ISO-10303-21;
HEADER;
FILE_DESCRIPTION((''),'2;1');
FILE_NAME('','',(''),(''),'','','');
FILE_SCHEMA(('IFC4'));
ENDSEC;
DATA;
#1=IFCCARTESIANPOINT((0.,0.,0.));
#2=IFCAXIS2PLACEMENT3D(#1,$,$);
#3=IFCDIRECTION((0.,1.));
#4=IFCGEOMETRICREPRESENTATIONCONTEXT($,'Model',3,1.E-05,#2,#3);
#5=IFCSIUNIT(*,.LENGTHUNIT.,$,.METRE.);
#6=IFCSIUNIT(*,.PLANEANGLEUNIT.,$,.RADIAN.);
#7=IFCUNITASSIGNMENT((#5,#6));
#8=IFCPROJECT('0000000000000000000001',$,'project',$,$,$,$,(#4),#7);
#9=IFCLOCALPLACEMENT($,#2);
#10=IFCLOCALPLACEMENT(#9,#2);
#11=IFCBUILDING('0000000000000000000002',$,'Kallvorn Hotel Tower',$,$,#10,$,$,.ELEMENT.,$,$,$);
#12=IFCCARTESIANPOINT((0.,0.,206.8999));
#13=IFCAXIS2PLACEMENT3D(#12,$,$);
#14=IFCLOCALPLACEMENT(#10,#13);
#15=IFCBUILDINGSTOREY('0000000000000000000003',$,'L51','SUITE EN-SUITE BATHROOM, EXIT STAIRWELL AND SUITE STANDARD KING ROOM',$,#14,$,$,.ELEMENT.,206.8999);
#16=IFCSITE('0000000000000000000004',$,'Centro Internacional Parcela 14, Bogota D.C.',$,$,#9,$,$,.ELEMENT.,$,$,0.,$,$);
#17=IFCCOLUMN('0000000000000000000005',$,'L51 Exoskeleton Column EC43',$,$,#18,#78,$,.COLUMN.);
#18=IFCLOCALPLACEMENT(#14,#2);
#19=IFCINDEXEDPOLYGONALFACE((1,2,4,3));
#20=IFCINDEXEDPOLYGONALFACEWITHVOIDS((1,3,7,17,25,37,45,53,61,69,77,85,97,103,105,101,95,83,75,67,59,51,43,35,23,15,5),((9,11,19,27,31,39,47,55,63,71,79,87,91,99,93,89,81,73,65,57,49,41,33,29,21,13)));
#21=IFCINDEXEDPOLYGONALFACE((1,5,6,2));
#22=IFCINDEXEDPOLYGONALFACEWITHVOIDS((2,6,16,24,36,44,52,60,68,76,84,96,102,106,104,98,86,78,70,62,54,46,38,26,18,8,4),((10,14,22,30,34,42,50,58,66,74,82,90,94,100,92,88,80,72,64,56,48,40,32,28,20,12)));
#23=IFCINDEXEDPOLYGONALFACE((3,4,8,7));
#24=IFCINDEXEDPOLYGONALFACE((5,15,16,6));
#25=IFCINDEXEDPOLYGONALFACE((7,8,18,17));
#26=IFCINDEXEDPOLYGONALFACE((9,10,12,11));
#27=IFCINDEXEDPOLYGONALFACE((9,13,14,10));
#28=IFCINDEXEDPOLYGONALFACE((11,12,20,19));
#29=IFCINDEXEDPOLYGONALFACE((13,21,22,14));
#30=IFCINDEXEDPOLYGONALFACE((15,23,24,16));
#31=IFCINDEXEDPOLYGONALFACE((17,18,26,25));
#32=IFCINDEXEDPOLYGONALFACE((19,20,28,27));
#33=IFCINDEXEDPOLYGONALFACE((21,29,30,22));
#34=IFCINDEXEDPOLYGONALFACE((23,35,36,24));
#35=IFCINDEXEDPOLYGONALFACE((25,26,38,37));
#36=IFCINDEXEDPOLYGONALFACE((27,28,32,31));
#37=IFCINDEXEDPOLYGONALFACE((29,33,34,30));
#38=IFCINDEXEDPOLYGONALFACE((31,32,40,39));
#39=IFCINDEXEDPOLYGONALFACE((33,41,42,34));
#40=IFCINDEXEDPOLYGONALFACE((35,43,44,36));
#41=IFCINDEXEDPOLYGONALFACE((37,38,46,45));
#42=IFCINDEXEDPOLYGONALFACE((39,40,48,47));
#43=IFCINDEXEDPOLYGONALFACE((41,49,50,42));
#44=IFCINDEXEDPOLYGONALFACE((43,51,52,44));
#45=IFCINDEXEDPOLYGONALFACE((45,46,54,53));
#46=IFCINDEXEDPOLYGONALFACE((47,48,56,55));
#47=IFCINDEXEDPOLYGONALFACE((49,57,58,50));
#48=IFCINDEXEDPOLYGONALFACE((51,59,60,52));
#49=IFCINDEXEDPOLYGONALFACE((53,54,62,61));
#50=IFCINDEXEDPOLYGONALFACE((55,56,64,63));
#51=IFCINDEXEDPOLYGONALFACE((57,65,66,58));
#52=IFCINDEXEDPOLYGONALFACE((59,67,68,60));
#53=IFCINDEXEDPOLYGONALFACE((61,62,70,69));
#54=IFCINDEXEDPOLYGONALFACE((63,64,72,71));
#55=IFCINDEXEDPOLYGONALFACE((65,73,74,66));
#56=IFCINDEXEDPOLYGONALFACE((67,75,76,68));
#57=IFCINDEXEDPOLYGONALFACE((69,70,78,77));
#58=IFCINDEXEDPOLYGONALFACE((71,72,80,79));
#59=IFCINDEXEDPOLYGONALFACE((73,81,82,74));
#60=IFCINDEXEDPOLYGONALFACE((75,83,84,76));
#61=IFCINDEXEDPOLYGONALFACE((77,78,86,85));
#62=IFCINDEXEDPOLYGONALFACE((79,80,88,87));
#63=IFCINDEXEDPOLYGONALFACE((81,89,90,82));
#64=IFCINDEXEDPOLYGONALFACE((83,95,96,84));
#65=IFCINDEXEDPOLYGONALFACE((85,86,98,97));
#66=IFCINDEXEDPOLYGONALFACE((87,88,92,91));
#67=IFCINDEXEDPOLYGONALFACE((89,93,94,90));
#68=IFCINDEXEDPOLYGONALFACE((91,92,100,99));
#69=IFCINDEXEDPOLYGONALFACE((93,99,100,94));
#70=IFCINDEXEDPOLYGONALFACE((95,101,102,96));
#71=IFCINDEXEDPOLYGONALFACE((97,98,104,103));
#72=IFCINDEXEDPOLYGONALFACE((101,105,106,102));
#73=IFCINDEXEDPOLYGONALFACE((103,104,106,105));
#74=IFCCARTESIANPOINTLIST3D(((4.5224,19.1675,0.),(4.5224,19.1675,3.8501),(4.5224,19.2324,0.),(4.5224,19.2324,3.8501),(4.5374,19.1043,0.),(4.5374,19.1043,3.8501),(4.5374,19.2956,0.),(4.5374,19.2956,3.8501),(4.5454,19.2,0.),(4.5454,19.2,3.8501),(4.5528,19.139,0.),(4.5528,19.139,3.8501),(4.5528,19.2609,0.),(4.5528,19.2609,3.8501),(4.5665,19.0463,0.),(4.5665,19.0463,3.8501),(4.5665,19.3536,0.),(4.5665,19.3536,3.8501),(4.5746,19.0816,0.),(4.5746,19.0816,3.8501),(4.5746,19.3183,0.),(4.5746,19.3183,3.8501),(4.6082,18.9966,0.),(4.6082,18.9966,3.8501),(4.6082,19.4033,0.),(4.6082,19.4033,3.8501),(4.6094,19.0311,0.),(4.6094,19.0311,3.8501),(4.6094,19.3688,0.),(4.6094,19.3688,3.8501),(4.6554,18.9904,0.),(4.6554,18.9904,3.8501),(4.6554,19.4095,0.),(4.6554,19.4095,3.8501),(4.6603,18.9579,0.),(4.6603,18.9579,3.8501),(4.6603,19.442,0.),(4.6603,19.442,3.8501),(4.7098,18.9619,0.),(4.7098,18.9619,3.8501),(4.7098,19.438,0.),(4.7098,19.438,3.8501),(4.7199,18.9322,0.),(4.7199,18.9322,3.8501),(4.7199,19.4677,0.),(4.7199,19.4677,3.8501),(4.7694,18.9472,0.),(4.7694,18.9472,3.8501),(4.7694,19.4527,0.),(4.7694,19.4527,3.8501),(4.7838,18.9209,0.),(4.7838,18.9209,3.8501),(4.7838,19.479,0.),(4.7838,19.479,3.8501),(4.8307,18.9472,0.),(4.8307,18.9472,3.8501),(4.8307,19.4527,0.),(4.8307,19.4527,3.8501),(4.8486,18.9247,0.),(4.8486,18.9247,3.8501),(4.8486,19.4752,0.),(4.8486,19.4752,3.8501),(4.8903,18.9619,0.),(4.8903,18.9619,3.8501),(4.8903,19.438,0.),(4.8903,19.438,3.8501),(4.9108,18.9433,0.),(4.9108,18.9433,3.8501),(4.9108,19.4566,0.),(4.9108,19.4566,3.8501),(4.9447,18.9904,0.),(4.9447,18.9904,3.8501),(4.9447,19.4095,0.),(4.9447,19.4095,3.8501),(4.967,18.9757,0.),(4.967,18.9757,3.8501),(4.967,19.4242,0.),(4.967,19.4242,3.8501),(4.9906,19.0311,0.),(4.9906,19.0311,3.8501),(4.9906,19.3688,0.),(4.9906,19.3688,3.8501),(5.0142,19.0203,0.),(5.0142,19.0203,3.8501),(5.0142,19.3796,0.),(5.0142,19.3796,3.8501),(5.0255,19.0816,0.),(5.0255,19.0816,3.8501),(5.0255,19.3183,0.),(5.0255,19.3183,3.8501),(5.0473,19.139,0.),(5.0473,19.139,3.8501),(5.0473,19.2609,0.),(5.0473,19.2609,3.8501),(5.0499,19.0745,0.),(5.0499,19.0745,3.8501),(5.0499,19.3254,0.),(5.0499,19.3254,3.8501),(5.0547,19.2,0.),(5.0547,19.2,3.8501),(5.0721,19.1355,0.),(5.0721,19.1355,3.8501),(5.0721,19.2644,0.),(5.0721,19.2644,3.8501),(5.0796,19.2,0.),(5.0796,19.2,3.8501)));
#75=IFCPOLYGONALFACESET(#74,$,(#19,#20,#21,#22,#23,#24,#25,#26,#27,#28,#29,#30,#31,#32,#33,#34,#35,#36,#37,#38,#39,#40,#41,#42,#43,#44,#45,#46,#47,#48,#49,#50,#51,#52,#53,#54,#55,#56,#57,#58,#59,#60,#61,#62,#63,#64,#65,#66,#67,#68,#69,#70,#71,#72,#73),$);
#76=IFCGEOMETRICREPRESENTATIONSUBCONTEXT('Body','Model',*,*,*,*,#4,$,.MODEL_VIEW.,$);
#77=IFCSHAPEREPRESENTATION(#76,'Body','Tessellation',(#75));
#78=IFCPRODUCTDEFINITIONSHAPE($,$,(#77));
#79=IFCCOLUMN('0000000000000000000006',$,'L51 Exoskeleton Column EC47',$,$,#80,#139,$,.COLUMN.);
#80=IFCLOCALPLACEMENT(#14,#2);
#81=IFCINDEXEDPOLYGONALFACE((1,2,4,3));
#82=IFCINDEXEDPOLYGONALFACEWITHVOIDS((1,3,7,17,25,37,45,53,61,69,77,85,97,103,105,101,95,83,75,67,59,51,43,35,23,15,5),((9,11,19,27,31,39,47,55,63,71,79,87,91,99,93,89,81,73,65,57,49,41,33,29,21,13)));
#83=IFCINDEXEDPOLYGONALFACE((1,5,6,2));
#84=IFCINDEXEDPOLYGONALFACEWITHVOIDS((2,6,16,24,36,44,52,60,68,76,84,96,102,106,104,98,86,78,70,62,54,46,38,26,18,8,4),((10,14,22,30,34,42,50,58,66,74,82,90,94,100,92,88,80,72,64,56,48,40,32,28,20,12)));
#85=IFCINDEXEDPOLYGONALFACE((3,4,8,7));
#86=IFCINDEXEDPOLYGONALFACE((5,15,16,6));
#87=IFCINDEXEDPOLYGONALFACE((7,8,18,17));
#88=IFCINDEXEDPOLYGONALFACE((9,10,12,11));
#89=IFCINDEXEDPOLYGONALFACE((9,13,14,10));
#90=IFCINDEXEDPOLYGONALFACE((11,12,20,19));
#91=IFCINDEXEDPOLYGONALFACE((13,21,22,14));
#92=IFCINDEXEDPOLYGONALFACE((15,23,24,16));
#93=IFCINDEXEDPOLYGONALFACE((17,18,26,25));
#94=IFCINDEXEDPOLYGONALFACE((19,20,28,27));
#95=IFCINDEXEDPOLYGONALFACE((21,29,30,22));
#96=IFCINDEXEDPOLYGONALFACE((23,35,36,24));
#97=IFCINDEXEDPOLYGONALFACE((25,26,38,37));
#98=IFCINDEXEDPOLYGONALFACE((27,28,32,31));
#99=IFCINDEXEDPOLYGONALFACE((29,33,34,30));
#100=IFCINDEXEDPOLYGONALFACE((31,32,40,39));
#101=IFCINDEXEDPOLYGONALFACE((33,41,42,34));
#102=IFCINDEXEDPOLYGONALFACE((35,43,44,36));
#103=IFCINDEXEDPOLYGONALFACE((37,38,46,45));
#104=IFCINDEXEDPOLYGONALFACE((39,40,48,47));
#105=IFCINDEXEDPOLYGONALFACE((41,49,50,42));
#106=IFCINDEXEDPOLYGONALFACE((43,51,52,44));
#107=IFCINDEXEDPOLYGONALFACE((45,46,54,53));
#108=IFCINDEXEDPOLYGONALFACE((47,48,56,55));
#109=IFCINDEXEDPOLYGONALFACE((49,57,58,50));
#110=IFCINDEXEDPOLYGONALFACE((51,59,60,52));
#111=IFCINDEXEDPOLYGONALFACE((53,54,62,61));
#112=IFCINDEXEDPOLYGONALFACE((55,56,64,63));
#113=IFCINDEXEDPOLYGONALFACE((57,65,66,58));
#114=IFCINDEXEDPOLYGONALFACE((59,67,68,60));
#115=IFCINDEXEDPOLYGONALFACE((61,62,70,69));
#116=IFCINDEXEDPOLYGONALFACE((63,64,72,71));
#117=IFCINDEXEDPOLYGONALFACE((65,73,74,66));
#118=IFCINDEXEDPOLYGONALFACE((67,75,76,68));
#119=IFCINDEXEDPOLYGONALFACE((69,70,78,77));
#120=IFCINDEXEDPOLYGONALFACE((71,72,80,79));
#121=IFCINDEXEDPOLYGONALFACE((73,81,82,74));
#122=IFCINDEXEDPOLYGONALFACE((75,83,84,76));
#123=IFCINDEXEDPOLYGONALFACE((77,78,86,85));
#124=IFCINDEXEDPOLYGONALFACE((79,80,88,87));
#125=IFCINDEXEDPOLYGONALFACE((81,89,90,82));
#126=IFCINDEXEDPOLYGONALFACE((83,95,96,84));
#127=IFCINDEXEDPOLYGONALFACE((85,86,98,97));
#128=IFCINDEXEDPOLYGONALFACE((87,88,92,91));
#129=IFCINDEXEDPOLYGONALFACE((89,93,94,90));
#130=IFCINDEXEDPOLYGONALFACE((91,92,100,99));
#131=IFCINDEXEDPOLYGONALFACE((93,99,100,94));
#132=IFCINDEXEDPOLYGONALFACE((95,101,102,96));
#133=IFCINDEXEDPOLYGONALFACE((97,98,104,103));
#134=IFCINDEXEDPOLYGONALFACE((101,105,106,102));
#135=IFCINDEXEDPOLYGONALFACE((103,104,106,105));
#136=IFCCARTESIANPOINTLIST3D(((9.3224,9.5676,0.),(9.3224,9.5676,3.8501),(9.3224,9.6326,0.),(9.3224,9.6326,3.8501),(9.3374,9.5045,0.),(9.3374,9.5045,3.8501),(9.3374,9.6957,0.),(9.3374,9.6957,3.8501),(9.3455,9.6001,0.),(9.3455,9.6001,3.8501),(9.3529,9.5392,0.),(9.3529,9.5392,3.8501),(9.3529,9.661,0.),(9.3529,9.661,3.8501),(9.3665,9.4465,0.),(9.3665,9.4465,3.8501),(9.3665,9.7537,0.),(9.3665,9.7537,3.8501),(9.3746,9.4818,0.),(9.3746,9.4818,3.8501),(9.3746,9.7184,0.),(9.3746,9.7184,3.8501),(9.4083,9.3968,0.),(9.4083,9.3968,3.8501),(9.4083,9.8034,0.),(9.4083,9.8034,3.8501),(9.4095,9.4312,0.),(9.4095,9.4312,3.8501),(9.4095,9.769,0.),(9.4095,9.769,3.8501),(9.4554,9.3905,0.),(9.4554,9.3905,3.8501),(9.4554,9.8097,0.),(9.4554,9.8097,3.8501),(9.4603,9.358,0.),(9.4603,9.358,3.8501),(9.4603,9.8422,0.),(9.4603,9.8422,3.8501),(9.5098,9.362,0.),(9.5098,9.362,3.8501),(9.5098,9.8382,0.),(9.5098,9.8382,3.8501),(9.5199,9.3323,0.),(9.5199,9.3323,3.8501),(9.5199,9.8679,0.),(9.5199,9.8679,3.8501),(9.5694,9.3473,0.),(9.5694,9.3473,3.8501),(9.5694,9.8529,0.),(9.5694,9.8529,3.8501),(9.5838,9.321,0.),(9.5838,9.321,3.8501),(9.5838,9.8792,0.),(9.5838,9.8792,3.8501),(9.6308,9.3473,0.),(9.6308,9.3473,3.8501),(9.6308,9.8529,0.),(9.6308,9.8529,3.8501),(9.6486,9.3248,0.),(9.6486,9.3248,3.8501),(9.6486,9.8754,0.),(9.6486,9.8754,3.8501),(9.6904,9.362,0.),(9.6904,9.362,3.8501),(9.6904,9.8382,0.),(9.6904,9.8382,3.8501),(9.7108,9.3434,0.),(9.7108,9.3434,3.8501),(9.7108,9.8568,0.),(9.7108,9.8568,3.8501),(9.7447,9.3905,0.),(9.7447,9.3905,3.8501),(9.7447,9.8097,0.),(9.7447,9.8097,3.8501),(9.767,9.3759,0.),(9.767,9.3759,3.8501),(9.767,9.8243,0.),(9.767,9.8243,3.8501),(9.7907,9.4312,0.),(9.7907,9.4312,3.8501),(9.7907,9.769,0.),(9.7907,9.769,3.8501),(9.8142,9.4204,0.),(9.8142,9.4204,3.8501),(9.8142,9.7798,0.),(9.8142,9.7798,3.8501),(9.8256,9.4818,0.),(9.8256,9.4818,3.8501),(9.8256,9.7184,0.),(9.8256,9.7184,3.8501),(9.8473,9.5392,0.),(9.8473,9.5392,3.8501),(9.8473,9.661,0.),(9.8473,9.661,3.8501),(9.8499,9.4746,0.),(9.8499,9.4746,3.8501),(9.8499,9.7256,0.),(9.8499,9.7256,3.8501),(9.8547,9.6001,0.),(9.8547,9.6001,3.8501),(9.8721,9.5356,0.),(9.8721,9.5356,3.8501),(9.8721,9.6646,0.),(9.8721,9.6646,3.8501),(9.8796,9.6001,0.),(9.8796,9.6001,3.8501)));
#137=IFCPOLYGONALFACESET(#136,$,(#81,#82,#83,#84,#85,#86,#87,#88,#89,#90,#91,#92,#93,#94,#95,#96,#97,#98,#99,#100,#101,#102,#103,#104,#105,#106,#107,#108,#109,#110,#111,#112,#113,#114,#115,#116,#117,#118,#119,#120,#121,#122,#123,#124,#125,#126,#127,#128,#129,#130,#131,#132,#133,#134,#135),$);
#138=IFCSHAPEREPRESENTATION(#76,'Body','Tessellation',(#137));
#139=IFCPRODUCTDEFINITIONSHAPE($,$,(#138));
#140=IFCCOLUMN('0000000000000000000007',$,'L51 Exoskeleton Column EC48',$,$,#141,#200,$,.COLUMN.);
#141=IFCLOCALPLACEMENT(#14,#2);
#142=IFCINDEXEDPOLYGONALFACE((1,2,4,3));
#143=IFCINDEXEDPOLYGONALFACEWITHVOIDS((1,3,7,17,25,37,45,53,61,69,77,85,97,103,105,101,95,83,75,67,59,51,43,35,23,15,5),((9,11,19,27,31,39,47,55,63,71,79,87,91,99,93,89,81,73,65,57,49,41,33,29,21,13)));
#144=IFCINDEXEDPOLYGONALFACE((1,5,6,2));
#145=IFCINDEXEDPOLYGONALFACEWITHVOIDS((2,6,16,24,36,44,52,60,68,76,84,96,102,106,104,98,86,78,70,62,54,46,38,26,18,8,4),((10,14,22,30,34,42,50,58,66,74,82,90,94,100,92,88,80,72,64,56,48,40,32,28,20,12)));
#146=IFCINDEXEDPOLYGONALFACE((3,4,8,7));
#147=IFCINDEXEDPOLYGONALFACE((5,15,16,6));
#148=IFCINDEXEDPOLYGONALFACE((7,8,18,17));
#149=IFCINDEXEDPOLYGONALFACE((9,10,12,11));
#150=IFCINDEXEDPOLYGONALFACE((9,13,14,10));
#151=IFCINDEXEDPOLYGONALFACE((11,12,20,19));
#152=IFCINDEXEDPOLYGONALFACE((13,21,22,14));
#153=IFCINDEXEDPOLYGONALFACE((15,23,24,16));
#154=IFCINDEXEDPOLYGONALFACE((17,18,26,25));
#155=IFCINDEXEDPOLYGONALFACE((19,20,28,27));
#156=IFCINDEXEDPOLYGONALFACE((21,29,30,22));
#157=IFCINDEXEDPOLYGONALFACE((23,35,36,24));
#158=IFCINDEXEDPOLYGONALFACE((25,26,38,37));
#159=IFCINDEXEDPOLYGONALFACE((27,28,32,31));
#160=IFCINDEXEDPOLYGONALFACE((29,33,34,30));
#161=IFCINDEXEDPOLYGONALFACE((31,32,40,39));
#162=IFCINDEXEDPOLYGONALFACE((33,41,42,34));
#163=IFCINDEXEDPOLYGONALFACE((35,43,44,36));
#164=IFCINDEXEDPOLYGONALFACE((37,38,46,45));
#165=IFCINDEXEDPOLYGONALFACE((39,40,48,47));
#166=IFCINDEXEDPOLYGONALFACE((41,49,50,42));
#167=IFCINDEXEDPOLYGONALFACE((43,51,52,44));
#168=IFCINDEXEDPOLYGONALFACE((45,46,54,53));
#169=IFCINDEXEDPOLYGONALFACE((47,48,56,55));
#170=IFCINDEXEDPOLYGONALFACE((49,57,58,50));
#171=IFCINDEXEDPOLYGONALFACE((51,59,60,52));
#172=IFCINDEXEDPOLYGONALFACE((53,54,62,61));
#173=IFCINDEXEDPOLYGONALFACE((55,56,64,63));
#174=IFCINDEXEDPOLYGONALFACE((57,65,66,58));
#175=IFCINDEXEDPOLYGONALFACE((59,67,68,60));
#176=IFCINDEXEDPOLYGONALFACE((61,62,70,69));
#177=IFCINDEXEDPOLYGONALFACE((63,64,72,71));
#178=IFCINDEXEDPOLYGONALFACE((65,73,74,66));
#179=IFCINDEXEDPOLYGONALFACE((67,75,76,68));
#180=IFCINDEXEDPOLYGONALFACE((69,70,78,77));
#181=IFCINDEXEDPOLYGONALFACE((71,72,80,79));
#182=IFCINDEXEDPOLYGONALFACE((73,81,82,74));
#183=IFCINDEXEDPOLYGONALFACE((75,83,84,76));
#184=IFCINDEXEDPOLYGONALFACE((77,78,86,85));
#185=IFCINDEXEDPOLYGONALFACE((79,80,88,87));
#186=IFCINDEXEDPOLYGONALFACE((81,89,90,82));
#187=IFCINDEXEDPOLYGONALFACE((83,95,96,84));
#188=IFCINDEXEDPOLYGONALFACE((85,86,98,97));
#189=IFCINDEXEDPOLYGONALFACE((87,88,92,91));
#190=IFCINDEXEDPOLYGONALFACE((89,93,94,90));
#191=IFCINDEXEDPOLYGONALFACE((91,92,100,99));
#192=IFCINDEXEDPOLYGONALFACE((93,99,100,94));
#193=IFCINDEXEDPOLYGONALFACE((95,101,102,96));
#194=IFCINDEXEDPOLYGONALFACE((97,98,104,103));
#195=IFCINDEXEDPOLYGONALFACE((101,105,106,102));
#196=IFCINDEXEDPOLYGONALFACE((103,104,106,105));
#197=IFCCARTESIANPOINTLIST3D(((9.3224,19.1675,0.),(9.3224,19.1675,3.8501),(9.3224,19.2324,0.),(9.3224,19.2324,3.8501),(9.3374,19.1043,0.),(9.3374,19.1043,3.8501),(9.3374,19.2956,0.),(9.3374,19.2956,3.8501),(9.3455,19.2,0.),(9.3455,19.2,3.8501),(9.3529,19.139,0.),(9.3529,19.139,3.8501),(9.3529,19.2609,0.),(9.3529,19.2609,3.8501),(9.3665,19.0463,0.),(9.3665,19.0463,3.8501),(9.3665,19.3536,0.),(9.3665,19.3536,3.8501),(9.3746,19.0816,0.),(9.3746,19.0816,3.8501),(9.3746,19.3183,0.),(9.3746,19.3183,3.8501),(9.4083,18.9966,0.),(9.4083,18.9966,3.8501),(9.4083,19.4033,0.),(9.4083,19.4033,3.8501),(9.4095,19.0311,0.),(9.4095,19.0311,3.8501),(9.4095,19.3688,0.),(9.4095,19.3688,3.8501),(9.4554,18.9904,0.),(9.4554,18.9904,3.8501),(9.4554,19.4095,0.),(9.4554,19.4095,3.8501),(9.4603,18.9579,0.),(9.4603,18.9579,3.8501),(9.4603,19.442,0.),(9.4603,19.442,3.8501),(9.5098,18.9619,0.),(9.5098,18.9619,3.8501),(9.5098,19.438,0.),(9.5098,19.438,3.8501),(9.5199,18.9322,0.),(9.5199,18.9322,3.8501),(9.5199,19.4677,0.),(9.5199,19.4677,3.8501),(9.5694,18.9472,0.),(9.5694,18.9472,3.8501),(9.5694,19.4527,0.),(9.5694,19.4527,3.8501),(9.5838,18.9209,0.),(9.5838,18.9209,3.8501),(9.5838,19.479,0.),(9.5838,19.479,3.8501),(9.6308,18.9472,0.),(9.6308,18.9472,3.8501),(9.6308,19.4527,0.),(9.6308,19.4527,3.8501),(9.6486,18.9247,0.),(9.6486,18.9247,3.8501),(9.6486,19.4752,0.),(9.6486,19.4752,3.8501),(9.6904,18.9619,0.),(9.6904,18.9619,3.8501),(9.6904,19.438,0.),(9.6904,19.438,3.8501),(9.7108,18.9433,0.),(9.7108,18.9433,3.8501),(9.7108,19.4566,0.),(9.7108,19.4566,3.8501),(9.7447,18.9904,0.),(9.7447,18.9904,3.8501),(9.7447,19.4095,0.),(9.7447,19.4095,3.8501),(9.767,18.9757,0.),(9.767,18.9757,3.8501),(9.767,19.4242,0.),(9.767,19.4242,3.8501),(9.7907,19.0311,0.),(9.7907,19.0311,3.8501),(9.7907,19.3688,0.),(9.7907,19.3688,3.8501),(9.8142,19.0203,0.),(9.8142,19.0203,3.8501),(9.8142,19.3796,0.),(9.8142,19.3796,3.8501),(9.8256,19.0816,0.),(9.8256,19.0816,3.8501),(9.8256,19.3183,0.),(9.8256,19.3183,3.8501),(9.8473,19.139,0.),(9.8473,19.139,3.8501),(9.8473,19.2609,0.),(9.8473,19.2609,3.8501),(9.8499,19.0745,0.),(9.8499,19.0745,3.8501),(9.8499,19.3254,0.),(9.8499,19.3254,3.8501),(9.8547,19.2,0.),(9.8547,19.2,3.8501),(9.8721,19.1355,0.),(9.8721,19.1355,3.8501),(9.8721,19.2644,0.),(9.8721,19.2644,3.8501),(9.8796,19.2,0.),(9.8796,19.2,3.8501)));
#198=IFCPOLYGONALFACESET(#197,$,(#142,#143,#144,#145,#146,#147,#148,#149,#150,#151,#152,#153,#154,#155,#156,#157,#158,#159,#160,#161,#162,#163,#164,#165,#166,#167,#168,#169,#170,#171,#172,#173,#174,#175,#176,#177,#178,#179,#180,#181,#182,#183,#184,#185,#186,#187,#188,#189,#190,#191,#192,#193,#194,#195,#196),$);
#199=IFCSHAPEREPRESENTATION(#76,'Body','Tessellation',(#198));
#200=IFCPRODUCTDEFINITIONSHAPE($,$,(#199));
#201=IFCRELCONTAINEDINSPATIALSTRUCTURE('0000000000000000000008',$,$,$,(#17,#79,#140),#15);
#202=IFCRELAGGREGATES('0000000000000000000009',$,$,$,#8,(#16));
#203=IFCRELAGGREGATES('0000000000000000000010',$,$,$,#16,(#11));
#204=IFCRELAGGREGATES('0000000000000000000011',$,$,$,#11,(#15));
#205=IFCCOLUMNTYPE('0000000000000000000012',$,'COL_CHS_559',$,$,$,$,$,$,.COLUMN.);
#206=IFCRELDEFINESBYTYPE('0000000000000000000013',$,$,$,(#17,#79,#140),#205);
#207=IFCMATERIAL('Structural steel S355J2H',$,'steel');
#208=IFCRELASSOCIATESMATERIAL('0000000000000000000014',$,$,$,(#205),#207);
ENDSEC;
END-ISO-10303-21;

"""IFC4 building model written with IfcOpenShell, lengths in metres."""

from ifc_helpers import new_model, si_unit, direction, frame, origin, origin_2d, place, context, subcontext, project, spatial, hollow_circle, extrude, material, material_profile, profile_set, type_object, element, save


model = new_model("IFC4")

# Units and contexts
model_context = context("Model", 3, precision=1e-05, world=origin(), true_north=direction((0.0, 1.0)))
body_context = subcontext(model_context, "Body", "Model", "MODEL_VIEW")
ifc_project = project(units=[si_unit("LENGTHUNIT", "METRE"), si_unit("PLANEANGLEUNIT", "RADIAN")], contexts=[model_context])

# Site, building, storey
site_placement = place(None, origin())
site = spatial("IfcSite", under=ifc_project, at=site_placement, Name="Centro Internacional Parcela 14, Bogota D.C.", CompositionType="ELEMENT", RefElevation=0.0)
building_placement = place(site_placement, origin())
building = spatial("IfcBuilding", under=site, at=building_placement, Name="Kallvorn Hotel Tower", CompositionType="ELEMENT")
storey_placement = place(building_placement, frame((0.0, 0.0, 206.8999)))
storey = spatial("IfcBuildingStorey", under=building, at=storey_placement, Name="L51", Description="SUITE EN-SUITE BATHROOM, EXIT STAIRWELL AND SUITE STANDARD KING ROOM", CompositionType="ELEMENT", Elevation=206.8999)

# Columns
ifc_material_1 = material(Name="Structural steel S355J2H", Category="steel")
ifc_material_profile_1 = material_profile(ifc_material_1, hollow_circle(Radius=0.2795, WallThickness=0.0249, at=origin_2d()), Name="CHS 559x25")
ifc_profile_set_1 = profile_set([ifc_material_profile_1], Name="Structural steel S355J2H")
column_type_1 = type_object("IfcColumnType", Name="COL_CHS_559", PredefinedType="COLUMN", material=ifc_profile_set_1)
for number, where, z_axis, x_axis, name in (
    (1, (4.8, 19.2, 0.0), (0.0, 0.0, 1.0), (1.0, 0.0, 0.0), "L51 Exoskeleton Column EC43"),
    (2, (9.6001, 9.6001, 0.0), (0.0, 0.0, 1.0), (1.0, 0.0, 0.0), "L51 Exoskeleton Column EC47"),
    (3, (9.6001, 19.2, 0.0), (0.0, 0.0, 1.0), (1.0, 0.0, 0.0), "L51 Exoskeleton Column EC48"),
):
    element("IfcColumn", number, at=place(storey_placement, frame(where, z_axis=z_axis, x_axis=x_axis)), inside=storey, type_object=column_type_1, Name=name, PredefinedType="COLUMN", context=body_context, shape_type="SweptSolid", body=[
        extrude(hollow_circle(Radius=0.2795, WallThickness=0.0249, at=origin_2d()), origin(), (0.0, 0.0, 1.0), 3.8501),
    ])

save(model, "model.ifc")
